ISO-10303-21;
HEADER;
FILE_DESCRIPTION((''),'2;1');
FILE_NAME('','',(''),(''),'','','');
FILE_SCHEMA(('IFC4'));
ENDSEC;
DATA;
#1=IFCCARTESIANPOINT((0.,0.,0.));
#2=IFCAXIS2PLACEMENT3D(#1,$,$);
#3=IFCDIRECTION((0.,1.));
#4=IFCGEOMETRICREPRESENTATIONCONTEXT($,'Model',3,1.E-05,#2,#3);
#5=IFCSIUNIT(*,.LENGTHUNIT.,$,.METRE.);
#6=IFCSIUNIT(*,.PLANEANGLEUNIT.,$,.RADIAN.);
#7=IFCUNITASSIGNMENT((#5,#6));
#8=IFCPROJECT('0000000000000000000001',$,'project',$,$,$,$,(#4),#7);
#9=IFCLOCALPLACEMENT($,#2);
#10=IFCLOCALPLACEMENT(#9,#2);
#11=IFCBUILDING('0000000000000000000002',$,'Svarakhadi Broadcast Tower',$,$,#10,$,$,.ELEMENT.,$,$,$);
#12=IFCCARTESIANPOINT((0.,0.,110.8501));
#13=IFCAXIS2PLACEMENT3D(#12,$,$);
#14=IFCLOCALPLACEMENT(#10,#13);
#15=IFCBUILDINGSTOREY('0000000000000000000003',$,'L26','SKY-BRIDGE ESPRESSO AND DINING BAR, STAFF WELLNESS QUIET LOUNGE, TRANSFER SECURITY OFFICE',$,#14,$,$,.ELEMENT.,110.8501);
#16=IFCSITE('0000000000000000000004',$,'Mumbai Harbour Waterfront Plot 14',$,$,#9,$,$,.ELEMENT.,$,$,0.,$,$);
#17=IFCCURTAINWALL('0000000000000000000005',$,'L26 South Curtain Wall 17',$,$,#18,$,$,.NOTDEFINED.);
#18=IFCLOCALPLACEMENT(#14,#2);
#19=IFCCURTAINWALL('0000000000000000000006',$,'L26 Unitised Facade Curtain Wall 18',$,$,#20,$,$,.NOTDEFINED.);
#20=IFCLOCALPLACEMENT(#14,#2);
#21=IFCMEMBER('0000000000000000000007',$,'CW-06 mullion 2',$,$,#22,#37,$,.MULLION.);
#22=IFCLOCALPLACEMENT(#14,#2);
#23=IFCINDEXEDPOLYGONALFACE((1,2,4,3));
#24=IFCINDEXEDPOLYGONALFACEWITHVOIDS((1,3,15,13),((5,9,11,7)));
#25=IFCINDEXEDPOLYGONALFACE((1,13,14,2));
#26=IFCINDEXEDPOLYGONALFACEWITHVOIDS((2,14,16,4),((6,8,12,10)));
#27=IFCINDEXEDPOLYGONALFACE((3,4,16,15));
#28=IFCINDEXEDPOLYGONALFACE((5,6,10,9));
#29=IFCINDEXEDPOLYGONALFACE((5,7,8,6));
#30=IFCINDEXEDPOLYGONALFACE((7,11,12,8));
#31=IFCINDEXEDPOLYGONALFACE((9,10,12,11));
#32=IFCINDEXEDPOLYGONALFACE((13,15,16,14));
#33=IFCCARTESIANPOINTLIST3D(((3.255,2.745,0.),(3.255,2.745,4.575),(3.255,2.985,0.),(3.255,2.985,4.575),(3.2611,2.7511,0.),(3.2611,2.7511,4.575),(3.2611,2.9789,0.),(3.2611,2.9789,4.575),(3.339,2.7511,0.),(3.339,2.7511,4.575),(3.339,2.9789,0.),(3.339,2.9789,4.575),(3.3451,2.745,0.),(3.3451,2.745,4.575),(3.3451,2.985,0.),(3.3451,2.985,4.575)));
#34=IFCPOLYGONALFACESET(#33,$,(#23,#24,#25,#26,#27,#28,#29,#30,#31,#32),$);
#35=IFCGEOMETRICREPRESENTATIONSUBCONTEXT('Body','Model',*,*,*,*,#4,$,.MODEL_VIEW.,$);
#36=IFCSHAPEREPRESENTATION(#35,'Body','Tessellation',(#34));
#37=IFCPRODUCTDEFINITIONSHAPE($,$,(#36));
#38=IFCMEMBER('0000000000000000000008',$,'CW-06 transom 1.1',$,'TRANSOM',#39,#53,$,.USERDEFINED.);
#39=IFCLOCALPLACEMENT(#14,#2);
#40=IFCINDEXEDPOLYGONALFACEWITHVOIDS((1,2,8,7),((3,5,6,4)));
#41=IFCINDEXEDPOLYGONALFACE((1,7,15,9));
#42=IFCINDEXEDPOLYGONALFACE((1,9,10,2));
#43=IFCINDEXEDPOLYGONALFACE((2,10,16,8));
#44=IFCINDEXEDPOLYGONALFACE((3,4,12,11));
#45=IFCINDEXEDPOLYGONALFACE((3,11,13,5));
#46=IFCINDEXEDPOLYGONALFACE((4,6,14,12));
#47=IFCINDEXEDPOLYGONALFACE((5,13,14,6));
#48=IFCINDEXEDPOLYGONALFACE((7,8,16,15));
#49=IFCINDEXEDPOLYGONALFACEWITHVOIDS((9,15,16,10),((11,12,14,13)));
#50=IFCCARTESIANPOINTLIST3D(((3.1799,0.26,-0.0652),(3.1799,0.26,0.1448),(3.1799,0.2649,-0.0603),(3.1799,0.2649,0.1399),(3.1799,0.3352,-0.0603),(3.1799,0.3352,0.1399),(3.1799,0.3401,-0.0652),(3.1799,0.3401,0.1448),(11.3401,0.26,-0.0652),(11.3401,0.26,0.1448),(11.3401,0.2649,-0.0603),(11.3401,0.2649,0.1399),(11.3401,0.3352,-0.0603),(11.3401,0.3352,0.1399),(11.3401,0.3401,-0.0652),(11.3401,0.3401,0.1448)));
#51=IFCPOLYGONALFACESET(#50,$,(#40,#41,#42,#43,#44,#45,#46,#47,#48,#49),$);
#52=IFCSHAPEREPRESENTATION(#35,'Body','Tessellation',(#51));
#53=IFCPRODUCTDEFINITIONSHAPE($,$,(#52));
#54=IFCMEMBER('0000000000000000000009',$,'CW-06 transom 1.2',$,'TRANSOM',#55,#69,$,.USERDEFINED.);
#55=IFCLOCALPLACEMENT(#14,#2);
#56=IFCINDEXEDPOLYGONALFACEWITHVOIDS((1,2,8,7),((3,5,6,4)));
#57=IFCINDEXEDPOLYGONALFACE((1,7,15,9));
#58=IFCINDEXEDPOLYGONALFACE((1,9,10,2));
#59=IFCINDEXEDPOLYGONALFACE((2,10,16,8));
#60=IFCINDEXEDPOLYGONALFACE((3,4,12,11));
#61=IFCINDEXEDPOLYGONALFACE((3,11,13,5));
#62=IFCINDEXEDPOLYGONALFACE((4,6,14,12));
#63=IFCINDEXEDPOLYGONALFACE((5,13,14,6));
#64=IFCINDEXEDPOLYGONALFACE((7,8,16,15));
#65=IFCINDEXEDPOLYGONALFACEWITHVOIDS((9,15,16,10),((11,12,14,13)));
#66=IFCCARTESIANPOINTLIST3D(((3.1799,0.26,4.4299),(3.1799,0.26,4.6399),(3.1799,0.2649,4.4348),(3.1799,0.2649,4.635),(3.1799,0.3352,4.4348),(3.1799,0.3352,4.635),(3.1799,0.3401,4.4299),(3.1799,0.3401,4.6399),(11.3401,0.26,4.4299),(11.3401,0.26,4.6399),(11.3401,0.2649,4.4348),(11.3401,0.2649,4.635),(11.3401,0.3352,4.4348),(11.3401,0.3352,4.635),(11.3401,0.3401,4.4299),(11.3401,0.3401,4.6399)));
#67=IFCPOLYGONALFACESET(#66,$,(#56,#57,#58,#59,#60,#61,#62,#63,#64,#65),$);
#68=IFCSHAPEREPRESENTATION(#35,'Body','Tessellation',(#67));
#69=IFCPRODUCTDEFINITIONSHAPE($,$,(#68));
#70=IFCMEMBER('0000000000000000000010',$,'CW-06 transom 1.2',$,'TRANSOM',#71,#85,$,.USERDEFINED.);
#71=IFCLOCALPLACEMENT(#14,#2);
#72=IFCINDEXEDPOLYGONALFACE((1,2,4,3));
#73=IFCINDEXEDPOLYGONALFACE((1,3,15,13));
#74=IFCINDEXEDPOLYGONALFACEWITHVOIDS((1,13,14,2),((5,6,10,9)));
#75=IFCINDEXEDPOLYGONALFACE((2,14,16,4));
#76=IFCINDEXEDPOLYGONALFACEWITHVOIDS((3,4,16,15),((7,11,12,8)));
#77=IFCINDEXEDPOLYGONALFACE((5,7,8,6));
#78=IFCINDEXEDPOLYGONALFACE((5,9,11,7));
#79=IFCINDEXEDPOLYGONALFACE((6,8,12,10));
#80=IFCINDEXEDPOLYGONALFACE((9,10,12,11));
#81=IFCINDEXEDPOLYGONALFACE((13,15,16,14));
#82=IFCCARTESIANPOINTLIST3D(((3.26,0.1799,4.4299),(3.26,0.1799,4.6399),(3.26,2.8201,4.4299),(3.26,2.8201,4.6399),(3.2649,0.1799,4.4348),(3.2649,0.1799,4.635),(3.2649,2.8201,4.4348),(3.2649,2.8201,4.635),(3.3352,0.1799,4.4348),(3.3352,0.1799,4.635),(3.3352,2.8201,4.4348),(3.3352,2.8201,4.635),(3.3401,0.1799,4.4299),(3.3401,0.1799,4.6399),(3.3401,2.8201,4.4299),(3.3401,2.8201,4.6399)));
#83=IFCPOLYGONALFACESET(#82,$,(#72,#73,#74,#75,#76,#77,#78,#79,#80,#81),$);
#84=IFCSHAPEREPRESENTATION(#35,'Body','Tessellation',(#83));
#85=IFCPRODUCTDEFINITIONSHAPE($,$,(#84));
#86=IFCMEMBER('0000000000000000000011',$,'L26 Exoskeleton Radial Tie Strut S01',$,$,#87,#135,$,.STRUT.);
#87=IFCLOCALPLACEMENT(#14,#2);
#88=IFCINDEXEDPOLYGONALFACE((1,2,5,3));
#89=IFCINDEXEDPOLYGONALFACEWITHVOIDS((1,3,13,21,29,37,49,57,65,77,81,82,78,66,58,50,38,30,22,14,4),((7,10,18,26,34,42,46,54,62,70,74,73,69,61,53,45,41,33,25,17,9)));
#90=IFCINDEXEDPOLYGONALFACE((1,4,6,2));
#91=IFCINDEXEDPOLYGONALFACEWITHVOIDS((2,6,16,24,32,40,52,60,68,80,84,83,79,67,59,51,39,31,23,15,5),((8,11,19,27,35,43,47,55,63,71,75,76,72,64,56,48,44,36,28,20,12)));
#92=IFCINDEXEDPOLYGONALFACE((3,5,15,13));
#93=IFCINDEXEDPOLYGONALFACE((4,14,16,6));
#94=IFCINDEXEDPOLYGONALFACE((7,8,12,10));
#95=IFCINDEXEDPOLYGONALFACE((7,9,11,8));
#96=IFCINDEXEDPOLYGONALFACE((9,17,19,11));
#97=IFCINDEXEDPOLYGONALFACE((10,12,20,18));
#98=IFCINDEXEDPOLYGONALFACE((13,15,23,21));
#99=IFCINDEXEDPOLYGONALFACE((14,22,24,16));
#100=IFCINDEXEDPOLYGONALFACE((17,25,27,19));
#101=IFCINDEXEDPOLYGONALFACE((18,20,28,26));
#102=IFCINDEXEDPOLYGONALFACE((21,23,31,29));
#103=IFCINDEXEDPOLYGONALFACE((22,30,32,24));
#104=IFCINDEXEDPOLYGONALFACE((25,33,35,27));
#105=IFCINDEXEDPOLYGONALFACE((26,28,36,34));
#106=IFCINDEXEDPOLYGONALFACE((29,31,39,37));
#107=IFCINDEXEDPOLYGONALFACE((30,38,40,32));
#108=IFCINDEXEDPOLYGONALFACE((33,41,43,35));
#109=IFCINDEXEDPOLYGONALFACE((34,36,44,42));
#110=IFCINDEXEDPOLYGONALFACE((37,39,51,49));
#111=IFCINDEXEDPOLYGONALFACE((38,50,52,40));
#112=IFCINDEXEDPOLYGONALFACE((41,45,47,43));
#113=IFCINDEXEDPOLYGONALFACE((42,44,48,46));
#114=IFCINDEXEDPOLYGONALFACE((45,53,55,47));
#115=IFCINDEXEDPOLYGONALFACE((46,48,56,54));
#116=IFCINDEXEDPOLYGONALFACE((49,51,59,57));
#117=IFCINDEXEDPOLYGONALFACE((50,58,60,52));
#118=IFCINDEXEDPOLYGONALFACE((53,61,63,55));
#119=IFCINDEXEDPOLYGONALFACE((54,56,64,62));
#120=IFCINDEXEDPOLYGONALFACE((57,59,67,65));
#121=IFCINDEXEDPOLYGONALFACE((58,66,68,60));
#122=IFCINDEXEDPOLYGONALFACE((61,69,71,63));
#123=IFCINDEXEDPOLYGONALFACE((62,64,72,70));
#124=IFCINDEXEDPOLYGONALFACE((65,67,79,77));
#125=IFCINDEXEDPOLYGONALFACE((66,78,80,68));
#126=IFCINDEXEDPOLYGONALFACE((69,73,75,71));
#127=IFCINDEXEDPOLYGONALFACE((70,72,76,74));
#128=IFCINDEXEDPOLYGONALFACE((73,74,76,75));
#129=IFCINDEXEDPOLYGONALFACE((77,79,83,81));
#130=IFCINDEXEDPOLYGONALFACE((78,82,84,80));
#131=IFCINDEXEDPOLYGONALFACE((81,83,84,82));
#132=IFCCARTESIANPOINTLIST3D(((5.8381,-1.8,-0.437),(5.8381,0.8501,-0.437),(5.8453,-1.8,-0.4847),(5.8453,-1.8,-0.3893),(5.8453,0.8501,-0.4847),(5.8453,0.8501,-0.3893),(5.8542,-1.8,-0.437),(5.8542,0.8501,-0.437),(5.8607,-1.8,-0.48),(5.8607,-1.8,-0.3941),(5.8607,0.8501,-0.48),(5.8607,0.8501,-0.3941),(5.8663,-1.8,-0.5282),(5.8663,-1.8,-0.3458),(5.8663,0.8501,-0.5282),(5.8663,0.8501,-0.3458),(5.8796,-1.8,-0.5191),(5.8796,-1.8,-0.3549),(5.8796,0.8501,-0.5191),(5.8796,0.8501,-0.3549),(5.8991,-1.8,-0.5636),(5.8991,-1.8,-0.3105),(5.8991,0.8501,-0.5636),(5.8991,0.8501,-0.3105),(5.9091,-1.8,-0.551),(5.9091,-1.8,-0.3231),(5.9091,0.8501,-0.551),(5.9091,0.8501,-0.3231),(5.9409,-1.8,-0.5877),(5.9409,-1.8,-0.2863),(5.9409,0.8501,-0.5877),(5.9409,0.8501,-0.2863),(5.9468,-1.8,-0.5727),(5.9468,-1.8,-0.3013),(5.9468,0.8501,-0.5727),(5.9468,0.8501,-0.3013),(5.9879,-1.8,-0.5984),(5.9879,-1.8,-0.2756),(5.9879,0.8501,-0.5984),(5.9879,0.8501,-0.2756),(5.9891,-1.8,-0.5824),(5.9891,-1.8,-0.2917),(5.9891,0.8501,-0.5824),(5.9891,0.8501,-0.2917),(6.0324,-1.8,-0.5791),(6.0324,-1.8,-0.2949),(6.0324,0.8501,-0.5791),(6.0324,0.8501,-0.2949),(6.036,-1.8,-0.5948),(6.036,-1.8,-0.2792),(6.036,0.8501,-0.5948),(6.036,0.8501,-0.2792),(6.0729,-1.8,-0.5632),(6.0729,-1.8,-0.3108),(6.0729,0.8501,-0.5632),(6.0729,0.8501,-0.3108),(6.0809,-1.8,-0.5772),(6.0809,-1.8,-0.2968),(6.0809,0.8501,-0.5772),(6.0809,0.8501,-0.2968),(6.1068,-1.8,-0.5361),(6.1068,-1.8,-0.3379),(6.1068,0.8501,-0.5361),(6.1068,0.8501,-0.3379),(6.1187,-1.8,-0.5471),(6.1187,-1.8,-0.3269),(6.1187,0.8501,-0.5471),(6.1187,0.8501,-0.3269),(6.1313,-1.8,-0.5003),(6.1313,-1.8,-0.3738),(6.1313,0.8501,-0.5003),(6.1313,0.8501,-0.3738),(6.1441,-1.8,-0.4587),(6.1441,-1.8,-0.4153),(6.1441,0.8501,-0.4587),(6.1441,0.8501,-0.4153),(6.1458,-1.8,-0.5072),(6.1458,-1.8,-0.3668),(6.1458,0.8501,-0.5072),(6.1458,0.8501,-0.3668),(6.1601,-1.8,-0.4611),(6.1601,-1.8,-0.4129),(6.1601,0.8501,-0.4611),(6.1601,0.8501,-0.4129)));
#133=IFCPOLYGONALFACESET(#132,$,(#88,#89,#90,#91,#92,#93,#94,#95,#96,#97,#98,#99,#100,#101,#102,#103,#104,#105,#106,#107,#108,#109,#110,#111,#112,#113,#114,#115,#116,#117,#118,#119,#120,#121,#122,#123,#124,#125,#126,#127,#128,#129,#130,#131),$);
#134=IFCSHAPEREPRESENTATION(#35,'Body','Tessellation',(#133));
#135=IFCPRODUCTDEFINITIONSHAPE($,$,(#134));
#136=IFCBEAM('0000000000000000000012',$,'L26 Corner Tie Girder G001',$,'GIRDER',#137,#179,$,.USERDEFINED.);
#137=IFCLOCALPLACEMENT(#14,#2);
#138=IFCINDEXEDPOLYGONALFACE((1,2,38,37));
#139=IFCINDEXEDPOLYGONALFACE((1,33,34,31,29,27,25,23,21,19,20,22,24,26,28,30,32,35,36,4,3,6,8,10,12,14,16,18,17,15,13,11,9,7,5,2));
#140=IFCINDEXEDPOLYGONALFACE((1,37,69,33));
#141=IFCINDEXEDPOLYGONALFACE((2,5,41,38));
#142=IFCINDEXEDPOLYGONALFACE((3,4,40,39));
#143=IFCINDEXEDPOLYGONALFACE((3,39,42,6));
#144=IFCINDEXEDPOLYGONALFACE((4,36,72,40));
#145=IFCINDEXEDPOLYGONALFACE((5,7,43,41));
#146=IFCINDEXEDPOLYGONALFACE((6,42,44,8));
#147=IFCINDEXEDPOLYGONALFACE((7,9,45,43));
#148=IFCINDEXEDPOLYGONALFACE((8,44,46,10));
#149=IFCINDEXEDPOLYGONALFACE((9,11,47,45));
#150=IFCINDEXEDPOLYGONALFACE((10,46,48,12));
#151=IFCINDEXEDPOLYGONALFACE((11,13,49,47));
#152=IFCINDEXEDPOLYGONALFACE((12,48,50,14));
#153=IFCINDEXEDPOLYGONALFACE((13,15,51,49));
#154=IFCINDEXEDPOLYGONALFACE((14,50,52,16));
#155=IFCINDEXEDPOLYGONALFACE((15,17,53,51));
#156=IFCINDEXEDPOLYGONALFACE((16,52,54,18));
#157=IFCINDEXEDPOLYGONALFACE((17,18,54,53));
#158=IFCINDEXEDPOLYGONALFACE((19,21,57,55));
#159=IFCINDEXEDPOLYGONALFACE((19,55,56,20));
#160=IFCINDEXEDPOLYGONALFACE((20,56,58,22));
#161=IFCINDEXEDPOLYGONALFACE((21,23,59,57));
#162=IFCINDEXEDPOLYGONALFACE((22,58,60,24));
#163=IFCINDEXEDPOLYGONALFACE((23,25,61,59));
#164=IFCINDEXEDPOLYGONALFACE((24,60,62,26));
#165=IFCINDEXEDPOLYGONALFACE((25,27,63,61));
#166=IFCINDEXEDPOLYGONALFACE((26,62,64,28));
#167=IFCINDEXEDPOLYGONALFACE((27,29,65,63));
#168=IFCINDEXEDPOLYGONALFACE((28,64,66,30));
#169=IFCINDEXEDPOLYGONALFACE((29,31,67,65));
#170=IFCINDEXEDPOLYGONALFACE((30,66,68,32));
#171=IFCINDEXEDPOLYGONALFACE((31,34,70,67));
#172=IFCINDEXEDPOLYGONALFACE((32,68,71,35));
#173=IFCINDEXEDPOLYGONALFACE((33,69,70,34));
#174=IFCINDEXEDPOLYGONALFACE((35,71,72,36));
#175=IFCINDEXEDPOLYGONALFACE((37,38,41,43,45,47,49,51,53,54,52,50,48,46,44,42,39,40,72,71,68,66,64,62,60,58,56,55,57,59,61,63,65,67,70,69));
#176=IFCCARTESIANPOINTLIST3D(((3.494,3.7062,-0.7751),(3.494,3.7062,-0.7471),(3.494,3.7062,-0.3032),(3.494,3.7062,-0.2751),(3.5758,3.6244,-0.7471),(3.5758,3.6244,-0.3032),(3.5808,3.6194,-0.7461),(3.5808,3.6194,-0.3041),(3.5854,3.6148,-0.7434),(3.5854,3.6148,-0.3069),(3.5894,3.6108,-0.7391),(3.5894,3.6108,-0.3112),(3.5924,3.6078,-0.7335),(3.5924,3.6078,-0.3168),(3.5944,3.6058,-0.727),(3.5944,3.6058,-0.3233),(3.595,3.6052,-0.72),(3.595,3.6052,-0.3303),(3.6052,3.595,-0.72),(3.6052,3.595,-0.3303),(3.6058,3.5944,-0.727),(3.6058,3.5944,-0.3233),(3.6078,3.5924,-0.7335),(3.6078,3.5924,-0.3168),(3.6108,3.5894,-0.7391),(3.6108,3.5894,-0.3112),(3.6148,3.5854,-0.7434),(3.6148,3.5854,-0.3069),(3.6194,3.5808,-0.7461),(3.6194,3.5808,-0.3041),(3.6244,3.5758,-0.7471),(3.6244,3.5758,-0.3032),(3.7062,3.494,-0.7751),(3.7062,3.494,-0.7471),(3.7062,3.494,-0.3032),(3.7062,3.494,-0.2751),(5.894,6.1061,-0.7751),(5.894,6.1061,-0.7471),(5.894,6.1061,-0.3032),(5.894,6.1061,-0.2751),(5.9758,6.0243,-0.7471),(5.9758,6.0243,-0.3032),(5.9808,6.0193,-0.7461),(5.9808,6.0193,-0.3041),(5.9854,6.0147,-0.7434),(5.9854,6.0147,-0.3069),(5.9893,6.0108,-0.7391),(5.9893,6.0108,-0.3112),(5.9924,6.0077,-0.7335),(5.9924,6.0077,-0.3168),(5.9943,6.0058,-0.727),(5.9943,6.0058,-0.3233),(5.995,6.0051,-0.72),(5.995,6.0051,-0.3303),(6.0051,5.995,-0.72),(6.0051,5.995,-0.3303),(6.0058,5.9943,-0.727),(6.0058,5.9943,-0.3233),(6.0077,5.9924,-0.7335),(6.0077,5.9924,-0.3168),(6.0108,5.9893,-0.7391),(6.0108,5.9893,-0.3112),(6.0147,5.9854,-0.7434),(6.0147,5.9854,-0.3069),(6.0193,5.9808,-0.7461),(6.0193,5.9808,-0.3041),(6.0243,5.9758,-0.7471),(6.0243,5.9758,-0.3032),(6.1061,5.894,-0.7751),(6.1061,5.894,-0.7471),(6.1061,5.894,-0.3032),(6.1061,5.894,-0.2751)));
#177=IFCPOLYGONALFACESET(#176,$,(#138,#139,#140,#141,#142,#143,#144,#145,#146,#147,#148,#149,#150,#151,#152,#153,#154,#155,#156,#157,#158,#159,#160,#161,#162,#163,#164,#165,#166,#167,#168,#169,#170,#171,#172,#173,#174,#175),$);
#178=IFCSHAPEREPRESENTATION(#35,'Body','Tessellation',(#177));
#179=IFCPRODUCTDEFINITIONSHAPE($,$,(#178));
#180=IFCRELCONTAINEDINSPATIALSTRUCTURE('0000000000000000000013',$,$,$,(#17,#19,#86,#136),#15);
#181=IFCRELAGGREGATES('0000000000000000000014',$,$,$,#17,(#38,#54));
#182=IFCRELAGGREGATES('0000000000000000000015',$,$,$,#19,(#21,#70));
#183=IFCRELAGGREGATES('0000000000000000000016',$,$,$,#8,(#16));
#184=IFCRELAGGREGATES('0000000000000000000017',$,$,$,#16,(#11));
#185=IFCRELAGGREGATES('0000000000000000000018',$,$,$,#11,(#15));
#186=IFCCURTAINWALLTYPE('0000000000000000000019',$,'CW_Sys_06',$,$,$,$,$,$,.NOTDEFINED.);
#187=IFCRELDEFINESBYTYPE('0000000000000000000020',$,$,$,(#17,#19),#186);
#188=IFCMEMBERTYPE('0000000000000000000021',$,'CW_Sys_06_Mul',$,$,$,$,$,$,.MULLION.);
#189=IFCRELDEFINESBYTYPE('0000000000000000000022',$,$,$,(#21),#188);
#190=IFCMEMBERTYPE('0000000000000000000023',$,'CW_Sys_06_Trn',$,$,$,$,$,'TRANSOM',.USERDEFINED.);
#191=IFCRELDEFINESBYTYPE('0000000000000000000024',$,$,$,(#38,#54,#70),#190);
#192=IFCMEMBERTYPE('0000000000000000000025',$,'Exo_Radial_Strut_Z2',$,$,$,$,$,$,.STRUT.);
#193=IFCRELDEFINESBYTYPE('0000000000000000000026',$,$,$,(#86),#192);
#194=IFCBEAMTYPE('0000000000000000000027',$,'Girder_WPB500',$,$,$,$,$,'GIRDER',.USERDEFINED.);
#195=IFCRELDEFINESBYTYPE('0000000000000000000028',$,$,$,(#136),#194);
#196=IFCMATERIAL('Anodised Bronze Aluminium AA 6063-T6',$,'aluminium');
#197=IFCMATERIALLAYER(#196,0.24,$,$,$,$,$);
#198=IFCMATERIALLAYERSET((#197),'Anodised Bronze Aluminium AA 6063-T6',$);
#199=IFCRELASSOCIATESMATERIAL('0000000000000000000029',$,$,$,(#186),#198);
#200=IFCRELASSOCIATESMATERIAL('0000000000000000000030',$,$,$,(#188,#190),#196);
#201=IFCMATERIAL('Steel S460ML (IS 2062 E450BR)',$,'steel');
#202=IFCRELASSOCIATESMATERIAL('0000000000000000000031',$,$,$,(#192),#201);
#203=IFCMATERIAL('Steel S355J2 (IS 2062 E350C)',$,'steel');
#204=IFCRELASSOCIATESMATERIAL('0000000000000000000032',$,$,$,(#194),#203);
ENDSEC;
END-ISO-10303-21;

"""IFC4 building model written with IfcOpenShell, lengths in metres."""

from ifc_helpers import new_model, si_unit, direction, frame, origin, origin_2d, place, context, subcontext, project, spatial, hollow_rectangle, hollow_circle, i_section, extrude, material, layer, layer_set, material_profile, profile_set, type_object, element, aggregate, save


model = new_model("IFC4")

# Units and contexts
model_context = context("Model", 3, precision=1e-05, world=origin(), true_north=direction((0.0, 1.0)))
body_context = subcontext(model_context, "Body", "Model", "MODEL_VIEW")
ifc_project = project(units=[si_unit("LENGTHUNIT", "METRE"), si_unit("PLANEANGLEUNIT", "RADIAN")], contexts=[model_context])

# Site, building, storey
site_placement = place(None, origin())
site = spatial("IfcSite", under=ifc_project, at=site_placement, Name="Mumbai Harbour Waterfront Plot 14", CompositionType="ELEMENT", RefElevation=0.0)
building_placement = place(site_placement, origin())
building = spatial("IfcBuilding", under=site, at=building_placement, Name="Svarakhadi Broadcast Tower", CompositionType="ELEMENT")
storey_placement = place(building_placement, frame((0.0, 0.0, 110.8501)))
storey = spatial("IfcBuildingStorey", under=building, at=storey_placement, Name="L26", Description="SKY-BRIDGE ESPRESSO AND DINING BAR, STAFF WELLNESS QUIET LOUNGE, TRANSFER SECURITY OFFICE", CompositionType="ELEMENT", Elevation=110.8501)

# Shared definitions
ifc_material_1 = material(Name="Steel S460ML (IS 2062 E450BR)", Category="steel")

# Shared definitions
ifc_material_2 = material(Name="Steel S355J2 (IS 2062 E350C)", Category="steel")

# Curtain walls, member
ifc_material_3 = material(Name="Anodised Bronze Aluminium AA 6063-T6", Category="aluminium")
ifc_layer_1 = layer(ifc_material_3, 0.24)
ifc_layer_set_1 = layer_set([ifc_layer_1], Name="Anodised Bronze Aluminium AA 6063-T6")
curtain_wall_type = type_object("IfcCurtainWallType", Name="CW_Sys_06", PredefinedType="NOTDEFINED", material=ifc_layer_set_1)
curtain_wall_1_placement = place(storey_placement, origin())
curtain_wall_1 = element("IfcCurtainWall", 1, at=curtain_wall_1_placement, inside=storey, type_object=curtain_wall_type, Name="L26 South Curtain Wall 17", PredefinedType="NOTDEFINED")
ifc_material_profile_1 = material_profile(ifc_material_3, hollow_rectangle(XDim=0.0901, YDim=0.24, WallThickness=0.0061, at=origin_2d()), Name="ALU MULLION 240x90x6")
ifc_profile_set_1 = profile_set([ifc_material_profile_1], Name="Anodised Bronze Aluminium AA 6063-T6")
member_type_1 = type_object("IfcMemberType", Name="CW_Sys_06_Mul", PredefinedType="MULLION", material=ifc_profile_set_1)
curtain_wall_2_placement = place(storey_placement, origin())
curtain_wall_2 = element("IfcCurtainWall", 2, at=curtain_wall_2_placement, inside=storey, type_object=curtain_wall_type, Name="L26 Unitised Facade Curtain Wall 18", PredefinedType="NOTDEFINED")
member_1_placement = place(storey_placement, frame((3.3, 2.865, 0.0), z_axis=(0.0, 0.0, 1.0), x_axis=(-1.0, 0.0, 0.0)))
member_1 = element("IfcMember", 3, at=member_1_placement, type_object=member_type_1, Name="CW-06 mullion 2", PredefinedType="MULLION", context=body_context, shape_type="SweptSolid", body=[
    extrude(hollow_rectangle(XDim=0.0901, YDim=0.24, WallThickness=0.0061, at=origin_2d()), origin(), (0.0, 0.0, 1.0), 4.575),
])

# Members
ifc_material_profile_2 = material_profile(ifc_material_3, hollow_rectangle(XDim=0.0801, YDim=0.21, WallThickness=0.0049, at=origin_2d()), Name="ALU TRANSOM 210x80x5")
ifc_profile_set_2 = profile_set([ifc_material_profile_2], Name="Anodised Bronze Aluminium AA 6063-T6")
member_type_2 = type_object("IfcMemberType", Name="CW_Sys_06_Trn", ElementType="TRANSOM", PredefinedType="USERDEFINED", material=ifc_profile_set_2)
member_2_placement = place(storey_placement, frame((11.3401, 0.3, 0.0398), z_axis=(-1.0, 0.0, 0.0), x_axis=(0.0, -1.0, 0.0)))
member_2 = element("IfcMember", 4, at=member_2_placement, type_object=member_type_2, Name="CW-06 transom 1.1", ObjectType="TRANSOM", PredefinedType="USERDEFINED", context=body_context, shape_type="SweptSolid", body=[
    extrude(hollow_rectangle(XDim=0.0801, YDim=0.21, WallThickness=0.0049, at=origin_2d()), origin(), (0.0, 0.0, 1.0), 8.1602),
])
member_3_placement = place(storey_placement, frame((11.3401, 0.3, 4.5349), z_axis=(-1.0, 0.0, 0.0), x_axis=(0.0, -1.0, 0.0)))
member_3 = element("IfcMember", 5, at=member_3_placement, type_object=member_type_2, Name="CW-06 transom 1.2", ObjectType="TRANSOM", PredefinedType="USERDEFINED", context=body_context, shape_type="SweptSolid", body=[
    extrude(hollow_rectangle(XDim=0.0801, YDim=0.21, WallThickness=0.0049, at=origin_2d()), origin(), (0.0, 0.0, 1.0), 8.1602),
])
member_4_placement = place(storey_placement, frame((3.3, 0.1799, 4.5349), z_axis=(0.0, 1.0, 0.0), x_axis=(-1.0, 0.0, 0.0)))
member_4 = element("IfcMember", 6, at=member_4_placement, type_object=member_type_2, Name="CW-06 transom 1.2", ObjectType="TRANSOM", PredefinedType="USERDEFINED", context=body_context, shape_type="SweptSolid", body=[
    extrude(hollow_rectangle(XDim=0.0801, YDim=0.21, WallThickness=0.0049, at=origin_2d()), origin(), (0.0, 0.0, 1.0), 2.6401),
])
ifc_material_profile_3 = material_profile(ifc_material_1, hollow_circle(Radius=0.1619, WallThickness=0.0161, at=origin_2d()), Name="CHS 323.9x16")
ifc_profile_set_3 = profile_set([ifc_material_profile_3], Name="Steel S460ML (IS 2062 E450BR)")
member_type_3 = type_object("IfcMemberType", Name="Exo_Radial_Strut_Z2", PredefinedType="STRUT", material=ifc_profile_set_3)
member_5_placement = place(storey_placement, frame((6.0, -1.8, -0.437), z_axis=(0.0, 1.0, 0.0), x_axis=(-1.0, 0.0, 0.0)))
element("IfcMember", 7, at=member_5_placement, inside=storey, type_object=member_type_3, Name="L26 Exoskeleton Radial Tie Strut S01", PredefinedType="STRUT", context=body_context, shape_type="SweptSolid", body=[
    extrude(hollow_circle(Radius=0.1619, WallThickness=0.0161, at=origin_2d()), origin(), (0.0, 0.0, 1.0), 2.6501),
])

# Beam
ifc_material_profile_4 = material_profile(ifc_material_2, i_section(OverallWidth=0.3, OverallDepth=0.5, WebThickness=0.0144, FlangeThickness=0.0281, FilletRadius=0.0271, at=origin_2d()), Name="WPB 500x300x187")
ifc_profile_set_4 = profile_set([ifc_material_profile_4], Name="Steel S355J2 (IS 2062 E350C)")
beam_type_1 = type_object("IfcBeamType", Name="Girder_WPB500", ElementType="GIRDER", PredefinedType="USERDEFINED", material=ifc_profile_set_4)
beam_1_placement = place(storey_placement, frame((3.6001, 3.6001, -0.5251), z_axis=(0.707107, 0.707107, 0.0), x_axis=(-0.707107, 0.707107, 0.0)))
element("IfcBeam", 8, at=beam_1_placement, inside=storey, type_object=beam_type_1, Name="L26 Corner Tie Girder G001", ObjectType="GIRDER", PredefinedType="USERDEFINED", context=body_context, shape_type="SweptSolid", body=[
    extrude(i_section(OverallWidth=0.3, OverallDepth=0.5, WebThickness=0.0144, FlangeThickness=0.0281, FilletRadius=0.0271, at=origin_2d()), origin(), (0.0, 0.0, 1.0), 3.394),
])

aggregate(curtain_wall_1, [member_2, member_3])
aggregate(curtain_wall_2, [member_1, member_4])

save(model, "model.ifc")
